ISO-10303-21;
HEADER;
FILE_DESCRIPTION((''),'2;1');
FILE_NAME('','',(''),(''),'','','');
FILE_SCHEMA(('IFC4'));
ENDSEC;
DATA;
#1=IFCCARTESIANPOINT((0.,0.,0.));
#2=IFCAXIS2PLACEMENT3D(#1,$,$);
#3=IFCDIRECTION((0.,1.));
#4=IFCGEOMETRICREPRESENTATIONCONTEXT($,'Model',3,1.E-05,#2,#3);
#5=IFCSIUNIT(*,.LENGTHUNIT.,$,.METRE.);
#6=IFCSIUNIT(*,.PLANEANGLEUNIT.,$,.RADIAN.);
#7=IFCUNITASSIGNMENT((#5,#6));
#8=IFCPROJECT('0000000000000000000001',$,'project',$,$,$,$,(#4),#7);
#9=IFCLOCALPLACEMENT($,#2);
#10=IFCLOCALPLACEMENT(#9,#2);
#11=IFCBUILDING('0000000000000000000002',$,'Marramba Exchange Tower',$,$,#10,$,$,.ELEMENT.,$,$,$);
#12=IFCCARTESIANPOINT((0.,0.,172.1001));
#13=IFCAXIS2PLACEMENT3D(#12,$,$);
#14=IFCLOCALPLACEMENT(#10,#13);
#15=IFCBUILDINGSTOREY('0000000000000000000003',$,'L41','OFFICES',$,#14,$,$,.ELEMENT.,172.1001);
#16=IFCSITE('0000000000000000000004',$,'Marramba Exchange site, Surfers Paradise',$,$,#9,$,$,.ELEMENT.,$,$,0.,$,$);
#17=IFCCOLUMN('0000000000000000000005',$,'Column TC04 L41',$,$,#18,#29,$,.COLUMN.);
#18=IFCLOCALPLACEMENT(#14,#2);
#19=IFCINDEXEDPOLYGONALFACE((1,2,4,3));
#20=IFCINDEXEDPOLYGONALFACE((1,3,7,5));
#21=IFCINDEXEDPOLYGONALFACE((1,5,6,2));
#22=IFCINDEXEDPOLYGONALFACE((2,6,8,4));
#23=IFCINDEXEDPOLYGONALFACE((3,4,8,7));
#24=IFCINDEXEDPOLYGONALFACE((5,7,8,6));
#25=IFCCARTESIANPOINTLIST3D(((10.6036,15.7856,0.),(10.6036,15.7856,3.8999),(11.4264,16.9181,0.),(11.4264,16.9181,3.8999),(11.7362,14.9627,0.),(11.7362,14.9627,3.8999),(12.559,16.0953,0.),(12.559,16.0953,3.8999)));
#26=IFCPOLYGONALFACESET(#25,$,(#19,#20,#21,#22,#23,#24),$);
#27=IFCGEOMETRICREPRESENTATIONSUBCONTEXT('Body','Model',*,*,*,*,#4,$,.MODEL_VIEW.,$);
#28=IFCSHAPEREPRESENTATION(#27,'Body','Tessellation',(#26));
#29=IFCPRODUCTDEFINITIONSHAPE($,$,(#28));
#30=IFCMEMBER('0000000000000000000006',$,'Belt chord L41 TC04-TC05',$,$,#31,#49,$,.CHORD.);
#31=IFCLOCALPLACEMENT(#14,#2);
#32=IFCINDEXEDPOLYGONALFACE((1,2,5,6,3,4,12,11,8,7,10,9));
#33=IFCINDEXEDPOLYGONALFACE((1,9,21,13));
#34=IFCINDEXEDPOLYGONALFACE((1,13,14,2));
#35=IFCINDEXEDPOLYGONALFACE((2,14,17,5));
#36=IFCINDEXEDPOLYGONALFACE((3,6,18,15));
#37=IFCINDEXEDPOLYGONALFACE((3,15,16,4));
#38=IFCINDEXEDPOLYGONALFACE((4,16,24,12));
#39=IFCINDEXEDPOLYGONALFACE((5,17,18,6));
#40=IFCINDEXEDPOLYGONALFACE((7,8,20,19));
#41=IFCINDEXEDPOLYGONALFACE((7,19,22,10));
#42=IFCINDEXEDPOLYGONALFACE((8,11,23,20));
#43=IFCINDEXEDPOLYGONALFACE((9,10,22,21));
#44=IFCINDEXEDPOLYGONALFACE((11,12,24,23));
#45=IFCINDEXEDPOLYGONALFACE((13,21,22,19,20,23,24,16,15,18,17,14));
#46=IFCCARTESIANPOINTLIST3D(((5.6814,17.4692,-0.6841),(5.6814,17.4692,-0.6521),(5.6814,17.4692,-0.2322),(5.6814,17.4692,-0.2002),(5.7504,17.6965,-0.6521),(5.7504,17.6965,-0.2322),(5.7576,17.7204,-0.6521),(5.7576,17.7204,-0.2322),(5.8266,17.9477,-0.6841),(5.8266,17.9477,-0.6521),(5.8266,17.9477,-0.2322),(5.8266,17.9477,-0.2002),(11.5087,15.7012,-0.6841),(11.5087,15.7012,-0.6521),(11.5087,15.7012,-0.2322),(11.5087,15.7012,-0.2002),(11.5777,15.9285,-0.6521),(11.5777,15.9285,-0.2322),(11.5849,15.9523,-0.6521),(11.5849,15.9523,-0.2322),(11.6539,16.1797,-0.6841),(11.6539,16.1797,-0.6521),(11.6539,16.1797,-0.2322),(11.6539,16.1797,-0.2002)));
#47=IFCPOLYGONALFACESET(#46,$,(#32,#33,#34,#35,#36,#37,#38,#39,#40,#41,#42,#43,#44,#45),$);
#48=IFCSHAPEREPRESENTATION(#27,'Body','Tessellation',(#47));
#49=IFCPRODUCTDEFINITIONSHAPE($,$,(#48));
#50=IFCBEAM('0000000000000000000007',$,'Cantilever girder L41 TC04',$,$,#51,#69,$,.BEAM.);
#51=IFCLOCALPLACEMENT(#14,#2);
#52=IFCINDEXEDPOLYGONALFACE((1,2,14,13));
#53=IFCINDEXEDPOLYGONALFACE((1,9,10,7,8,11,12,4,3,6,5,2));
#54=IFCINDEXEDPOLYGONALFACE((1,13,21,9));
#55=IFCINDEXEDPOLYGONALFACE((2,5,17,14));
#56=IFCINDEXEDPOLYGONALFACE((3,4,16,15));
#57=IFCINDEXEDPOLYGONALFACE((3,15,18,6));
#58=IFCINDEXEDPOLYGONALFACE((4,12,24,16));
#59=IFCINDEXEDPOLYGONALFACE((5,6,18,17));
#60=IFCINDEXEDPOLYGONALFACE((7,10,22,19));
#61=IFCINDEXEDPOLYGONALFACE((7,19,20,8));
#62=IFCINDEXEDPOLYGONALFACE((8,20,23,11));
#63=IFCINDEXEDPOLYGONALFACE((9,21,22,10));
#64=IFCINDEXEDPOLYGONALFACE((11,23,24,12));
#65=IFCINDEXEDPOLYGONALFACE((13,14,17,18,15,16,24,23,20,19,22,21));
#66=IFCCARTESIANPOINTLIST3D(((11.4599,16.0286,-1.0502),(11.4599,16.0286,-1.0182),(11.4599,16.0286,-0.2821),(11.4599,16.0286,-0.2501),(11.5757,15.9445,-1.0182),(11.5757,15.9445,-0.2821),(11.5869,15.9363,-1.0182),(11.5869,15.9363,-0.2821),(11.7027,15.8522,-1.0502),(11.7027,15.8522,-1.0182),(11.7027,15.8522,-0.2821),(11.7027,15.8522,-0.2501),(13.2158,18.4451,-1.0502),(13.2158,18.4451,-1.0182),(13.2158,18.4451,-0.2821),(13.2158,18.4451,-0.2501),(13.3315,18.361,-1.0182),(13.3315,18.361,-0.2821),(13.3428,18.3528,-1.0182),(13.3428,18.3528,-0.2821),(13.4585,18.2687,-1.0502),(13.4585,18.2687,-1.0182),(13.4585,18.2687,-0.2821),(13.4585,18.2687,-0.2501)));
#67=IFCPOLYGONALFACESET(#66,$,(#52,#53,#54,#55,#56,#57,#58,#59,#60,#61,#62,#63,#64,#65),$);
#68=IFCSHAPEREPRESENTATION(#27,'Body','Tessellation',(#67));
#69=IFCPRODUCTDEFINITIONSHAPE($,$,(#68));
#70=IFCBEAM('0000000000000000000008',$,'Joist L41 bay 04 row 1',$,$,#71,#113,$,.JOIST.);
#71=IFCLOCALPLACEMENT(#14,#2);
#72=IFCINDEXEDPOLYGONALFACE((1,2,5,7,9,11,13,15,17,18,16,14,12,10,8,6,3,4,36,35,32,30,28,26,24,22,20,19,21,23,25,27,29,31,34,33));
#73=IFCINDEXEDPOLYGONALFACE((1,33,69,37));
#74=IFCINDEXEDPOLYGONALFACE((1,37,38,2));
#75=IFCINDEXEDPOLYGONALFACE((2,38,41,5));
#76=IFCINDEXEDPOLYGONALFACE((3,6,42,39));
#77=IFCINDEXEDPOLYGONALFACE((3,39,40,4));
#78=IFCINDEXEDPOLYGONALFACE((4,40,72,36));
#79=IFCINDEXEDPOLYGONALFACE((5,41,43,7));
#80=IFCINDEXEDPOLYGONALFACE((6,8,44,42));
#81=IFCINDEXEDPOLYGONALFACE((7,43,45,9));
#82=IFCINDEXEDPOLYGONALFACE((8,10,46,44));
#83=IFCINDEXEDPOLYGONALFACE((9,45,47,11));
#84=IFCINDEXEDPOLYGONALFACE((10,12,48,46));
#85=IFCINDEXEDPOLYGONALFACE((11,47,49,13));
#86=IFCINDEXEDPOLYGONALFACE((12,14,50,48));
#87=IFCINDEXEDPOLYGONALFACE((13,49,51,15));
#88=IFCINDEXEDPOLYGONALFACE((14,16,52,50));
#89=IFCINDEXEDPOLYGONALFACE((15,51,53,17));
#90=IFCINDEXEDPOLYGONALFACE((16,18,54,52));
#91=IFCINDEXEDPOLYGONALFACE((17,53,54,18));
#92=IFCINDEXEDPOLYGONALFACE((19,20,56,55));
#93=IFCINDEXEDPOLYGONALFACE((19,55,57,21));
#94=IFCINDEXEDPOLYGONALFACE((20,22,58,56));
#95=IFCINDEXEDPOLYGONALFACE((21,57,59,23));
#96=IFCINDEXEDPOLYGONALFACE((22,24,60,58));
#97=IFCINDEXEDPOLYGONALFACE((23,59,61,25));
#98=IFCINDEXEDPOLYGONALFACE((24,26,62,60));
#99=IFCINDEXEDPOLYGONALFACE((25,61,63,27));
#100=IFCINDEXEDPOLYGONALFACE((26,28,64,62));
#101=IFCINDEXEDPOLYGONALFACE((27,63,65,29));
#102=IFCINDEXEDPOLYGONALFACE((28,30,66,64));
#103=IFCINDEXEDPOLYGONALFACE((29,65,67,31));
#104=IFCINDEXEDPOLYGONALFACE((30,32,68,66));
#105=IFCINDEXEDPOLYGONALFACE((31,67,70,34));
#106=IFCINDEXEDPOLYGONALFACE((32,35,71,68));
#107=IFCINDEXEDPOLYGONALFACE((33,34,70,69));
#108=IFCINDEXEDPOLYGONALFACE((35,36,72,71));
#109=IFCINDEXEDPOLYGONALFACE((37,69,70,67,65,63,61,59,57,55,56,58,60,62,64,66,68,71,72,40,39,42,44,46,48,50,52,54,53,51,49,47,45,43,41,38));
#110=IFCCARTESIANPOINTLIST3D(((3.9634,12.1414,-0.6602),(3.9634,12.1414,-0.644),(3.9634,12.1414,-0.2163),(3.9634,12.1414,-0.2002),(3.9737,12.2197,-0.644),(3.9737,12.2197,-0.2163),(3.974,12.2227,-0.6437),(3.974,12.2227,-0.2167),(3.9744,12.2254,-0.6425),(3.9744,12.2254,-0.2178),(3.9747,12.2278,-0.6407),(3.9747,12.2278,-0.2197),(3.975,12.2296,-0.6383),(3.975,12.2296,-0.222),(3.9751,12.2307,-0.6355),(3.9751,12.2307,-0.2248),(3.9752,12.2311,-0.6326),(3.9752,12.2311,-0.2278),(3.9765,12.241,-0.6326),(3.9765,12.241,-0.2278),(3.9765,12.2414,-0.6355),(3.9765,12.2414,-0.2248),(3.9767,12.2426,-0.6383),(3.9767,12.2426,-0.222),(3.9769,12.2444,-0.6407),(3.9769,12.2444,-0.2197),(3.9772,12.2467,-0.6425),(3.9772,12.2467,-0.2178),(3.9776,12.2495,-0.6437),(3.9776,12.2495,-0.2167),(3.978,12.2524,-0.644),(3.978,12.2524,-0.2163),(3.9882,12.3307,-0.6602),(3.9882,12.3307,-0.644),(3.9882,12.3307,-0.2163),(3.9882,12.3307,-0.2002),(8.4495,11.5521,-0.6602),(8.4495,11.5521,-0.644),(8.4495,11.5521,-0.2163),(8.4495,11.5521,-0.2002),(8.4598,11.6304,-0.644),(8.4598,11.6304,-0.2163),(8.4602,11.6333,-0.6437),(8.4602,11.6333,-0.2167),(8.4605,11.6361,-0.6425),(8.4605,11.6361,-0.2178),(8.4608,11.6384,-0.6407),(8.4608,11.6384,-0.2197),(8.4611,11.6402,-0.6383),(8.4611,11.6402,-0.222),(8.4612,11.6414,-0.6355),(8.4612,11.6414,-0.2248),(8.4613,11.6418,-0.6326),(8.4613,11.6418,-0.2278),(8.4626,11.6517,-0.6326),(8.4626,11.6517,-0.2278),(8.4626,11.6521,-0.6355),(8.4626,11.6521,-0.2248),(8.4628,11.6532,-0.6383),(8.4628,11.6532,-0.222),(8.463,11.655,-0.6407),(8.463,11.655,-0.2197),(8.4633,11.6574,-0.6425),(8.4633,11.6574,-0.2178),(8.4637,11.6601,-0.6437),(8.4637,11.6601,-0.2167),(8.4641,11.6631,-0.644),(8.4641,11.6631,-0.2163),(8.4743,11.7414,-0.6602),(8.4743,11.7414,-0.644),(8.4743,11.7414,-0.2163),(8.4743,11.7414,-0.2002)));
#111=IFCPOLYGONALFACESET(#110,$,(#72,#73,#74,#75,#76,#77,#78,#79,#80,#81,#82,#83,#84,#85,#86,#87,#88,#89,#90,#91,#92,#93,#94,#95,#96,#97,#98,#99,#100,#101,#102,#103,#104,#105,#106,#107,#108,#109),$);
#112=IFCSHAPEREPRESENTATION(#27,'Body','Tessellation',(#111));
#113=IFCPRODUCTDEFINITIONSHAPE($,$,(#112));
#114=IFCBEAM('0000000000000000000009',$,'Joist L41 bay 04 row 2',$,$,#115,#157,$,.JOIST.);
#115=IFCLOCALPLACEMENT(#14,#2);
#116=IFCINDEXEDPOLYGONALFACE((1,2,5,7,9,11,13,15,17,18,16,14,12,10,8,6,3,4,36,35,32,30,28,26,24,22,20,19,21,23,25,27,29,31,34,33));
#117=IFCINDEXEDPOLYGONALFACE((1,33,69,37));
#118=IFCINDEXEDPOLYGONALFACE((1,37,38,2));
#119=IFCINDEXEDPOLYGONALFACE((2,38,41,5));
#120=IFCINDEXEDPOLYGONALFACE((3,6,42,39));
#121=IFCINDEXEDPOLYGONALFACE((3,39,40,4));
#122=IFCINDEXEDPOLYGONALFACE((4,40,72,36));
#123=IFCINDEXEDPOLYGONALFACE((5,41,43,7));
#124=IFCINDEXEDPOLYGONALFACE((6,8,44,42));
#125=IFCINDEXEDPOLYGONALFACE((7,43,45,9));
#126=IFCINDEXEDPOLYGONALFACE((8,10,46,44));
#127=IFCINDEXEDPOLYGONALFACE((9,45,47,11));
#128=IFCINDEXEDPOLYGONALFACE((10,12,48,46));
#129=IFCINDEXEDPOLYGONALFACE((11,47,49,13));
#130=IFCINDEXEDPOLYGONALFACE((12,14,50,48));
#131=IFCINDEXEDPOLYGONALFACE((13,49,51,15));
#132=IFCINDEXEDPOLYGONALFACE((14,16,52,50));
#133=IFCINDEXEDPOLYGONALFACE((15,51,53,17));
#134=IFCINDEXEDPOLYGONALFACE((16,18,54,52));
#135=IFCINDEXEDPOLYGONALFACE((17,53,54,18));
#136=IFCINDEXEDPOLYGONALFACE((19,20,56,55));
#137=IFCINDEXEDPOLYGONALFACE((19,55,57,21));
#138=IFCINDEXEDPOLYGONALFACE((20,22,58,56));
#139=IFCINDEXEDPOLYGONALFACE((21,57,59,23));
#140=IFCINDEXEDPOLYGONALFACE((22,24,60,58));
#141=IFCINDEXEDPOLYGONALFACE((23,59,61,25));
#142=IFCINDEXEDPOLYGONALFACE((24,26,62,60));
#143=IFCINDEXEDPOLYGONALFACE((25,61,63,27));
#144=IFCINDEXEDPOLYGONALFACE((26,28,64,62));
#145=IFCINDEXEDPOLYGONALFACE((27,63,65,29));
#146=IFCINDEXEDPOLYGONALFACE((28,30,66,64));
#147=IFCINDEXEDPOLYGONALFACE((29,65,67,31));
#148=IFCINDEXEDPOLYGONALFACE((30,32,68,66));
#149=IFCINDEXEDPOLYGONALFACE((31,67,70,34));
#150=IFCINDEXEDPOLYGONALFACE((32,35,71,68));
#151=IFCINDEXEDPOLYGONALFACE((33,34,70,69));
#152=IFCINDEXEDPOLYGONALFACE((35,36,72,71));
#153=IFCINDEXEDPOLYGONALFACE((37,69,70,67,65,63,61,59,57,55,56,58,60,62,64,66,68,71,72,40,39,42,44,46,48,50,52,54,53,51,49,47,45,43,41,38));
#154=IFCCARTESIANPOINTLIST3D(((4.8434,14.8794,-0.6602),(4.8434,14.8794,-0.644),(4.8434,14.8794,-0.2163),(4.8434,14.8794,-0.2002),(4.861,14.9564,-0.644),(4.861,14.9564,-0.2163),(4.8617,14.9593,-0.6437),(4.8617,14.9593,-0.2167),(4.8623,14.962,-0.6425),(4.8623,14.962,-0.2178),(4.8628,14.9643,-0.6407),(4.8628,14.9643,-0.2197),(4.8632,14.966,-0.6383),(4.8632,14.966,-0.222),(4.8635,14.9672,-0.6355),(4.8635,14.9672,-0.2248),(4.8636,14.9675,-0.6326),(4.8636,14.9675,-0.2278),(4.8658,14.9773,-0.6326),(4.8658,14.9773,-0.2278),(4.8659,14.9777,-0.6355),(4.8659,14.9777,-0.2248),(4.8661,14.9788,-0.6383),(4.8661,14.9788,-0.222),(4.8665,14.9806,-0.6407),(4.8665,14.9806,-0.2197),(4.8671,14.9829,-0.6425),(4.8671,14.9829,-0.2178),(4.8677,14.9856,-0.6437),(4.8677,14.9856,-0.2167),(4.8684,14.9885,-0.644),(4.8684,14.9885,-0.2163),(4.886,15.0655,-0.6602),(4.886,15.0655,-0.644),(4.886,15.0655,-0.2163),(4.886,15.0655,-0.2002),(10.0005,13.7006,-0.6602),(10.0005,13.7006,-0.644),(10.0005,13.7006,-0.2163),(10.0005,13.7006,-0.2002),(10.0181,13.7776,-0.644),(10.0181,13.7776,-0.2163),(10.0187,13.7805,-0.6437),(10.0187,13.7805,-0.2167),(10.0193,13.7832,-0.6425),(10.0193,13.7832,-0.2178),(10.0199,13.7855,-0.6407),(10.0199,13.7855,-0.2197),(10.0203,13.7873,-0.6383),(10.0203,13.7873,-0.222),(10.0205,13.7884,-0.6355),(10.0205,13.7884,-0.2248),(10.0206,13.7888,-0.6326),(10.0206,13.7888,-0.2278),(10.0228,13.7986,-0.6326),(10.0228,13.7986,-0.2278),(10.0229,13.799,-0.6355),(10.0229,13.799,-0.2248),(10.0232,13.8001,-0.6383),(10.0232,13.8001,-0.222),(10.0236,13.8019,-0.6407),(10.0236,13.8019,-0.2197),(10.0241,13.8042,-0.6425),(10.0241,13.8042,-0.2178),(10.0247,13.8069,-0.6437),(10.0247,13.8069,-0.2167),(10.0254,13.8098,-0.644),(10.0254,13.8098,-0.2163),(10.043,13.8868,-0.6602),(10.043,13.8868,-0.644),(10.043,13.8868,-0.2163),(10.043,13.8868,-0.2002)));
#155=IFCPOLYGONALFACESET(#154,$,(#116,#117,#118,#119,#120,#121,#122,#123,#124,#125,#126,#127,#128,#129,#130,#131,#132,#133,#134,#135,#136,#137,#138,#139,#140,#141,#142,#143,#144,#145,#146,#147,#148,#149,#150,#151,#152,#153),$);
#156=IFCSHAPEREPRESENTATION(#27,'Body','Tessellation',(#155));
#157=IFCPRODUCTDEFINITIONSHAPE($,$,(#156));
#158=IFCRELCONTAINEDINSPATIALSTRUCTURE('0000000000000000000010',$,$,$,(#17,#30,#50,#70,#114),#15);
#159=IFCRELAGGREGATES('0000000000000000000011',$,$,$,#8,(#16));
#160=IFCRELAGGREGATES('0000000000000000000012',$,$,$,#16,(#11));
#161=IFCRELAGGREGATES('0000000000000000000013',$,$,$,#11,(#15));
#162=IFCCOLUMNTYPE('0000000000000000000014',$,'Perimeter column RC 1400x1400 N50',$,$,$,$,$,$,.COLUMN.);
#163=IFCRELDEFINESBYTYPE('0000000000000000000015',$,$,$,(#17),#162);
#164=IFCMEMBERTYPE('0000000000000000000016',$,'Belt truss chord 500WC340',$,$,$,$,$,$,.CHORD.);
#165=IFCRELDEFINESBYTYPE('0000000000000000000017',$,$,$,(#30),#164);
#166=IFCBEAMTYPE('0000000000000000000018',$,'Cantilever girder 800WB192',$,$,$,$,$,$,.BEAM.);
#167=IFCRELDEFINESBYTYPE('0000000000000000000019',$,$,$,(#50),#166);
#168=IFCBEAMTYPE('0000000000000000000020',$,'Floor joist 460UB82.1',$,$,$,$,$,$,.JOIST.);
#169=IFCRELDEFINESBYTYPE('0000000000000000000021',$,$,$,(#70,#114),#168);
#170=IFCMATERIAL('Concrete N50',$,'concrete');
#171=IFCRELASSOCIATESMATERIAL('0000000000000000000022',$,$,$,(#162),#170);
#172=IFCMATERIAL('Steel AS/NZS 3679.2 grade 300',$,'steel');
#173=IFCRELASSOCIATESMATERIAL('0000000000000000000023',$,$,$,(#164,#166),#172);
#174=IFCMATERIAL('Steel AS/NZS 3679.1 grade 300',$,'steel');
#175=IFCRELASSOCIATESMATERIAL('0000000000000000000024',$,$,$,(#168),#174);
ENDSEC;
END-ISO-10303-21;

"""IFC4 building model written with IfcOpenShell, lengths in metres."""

from ifc_helpers import new_model, si_unit, direction, frame, origin, origin_2d, place, context, subcontext, project, spatial, rectangle, i_section, extrude, material, material_profile, profile_set, type_object, element, save


model = new_model("IFC4")

# Units and contexts
model_context = context("Model", 3, precision=1e-05, world=origin(), true_north=direction((0.0, 1.0)))
body_context = subcontext(model_context, "Body", "Model", "MODEL_VIEW")
ifc_project = project(units=[si_unit("LENGTHUNIT", "METRE"), si_unit("PLANEANGLEUNIT", "RADIAN")], contexts=[model_context])

# Site, building, storey
site_placement = place(None, origin())
site = spatial("IfcSite", under=ifc_project, at=site_placement, Name="Marramba Exchange site, Surfers Paradise", CompositionType="ELEMENT", RefElevation=0.0)
building_placement = place(site_placement, origin())
building = spatial("IfcBuilding", under=site, at=building_placement, Name="Marramba Exchange Tower", CompositionType="ELEMENT")
storey_placement = place(building_placement, frame((0.0, 0.0, 172.1001)))
storey = spatial("IfcBuildingStorey", under=building, at=storey_placement, Name="L41", Description="OFFICES", CompositionType="ELEMENT", Elevation=172.1001)

# Column
ifc_material_1 = material(Name="Concrete N50", Category="concrete")
ifc_material_profile_1 = material_profile(ifc_material_1, rectangle(XDim=1.3999, YDim=1.3999, at=origin_2d()), Name="RC 1400x1400")
ifc_profile_set_1 = profile_set([ifc_material_profile_1], Name="Concrete N50")
column_type = type_object("IfcColumnType", Name="Perimeter column RC 1400x1400 N50", PredefinedType="COLUMN", material=ifc_profile_set_1)
column_placement = place(storey_placement, frame((11.5813, 15.9404, 0.0), z_axis=(0.0, 0.0, 1.0), x_axis=(0.587785, 0.809017, 0.0)))
element("IfcColumn", 1, at=column_placement, inside=storey, type_object=column_type, Name="Column TC04 L41", PredefinedType="COLUMN", context=body_context, shape_type="SweptSolid", body=[
    extrude(rectangle(XDim=1.3999, YDim=1.3999, at=origin_2d()), origin(), (0.0, 0.0, 1.0), 3.8999),
])

# Member
ifc_material_2 = material(Name="Steel AS/NZS 3679.2 grade 300", Category="steel")
ifc_material_profile_2 = material_profile(ifc_material_2, i_section(OverallWidth=0.5, OverallDepth=0.4839, WebThickness=0.0249, FlangeThickness=0.032, at=origin_2d()), Name="500WC340")
ifc_profile_set_2 = profile_set([ifc_material_profile_2], Name="Steel AS/NZS 3679.2 grade 300")
member_type = type_object("IfcMemberType", Name="Belt truss chord 500WC340", PredefinedType="CHORD", material=ifc_profile_set_2)
member_placement = place(storey_placement, frame((11.5813, 15.9404, -0.4421), z_axis=(-0.956925, 0.290337, 0.0), x_axis=(-0.290337, -0.956925, 0.0)))
element("IfcMember", 2, at=member_placement, inside=storey, type_object=member_type, Name="Belt chord L41 TC04-TC05", PredefinedType="CHORD", context=body_context, shape_type="SweptSolid", body=[
    extrude(i_section(OverallWidth=0.5, OverallDepth=0.4839, WebThickness=0.0249, FlangeThickness=0.032, at=origin_2d()), origin(), (0.0, 0.0, 1.0), 6.0896),
])

# Beams
ifc_material_profile_3 = material_profile(ifc_material_2, i_section(OverallWidth=0.3, OverallDepth=0.8, WebThickness=0.0139, FlangeThickness=0.032, at=origin_2d()), Name="800WB192")
ifc_profile_set_3 = profile_set([ifc_material_profile_3], Name="Steel AS/NZS 3679.2 grade 300")
beam_type_1 = type_object("IfcBeamType", Name="Cantilever girder 800WB192", PredefinedType="BEAM", material=ifc_profile_set_3)
beam_1_placement = place(storey_placement, frame((11.5813, 15.9404, -0.6501), z_axis=(0.587822, 0.80899, 0.0), x_axis=(-0.80899, 0.587822, 0.0)))
element("IfcBeam", 3, at=beam_1_placement, inside=storey, type_object=beam_type_1, Name="Cantilever girder L41 TC04", PredefinedType="BEAM", context=body_context, shape_type="SweptSolid", body=[
    extrude(i_section(OverallWidth=0.3, OverallDepth=0.8, WebThickness=0.0139, FlangeThickness=0.032, at=origin_2d()), origin(), (0.0, 0.0, 1.0), 2.9871),
])
ifc_material_3 = material(Name="Steel AS/NZS 3679.1 grade 300", Category="steel")
ifc_material_profile_4 = material_profile(ifc_material_3, i_section(OverallWidth=0.1909, OverallDepth=0.46, WebThickness=0.01, FlangeThickness=0.0161, FilletRadius=0.0115, at=origin_2d()), Name="460UB82.1")
ifc_profile_set_4 = profile_set([ifc_material_profile_4], Name="Steel AS/NZS 3679.1 grade 300")
beam_type_2 = type_object("IfcBeamType", Name="Floor joist 460UB82.1", PredefinedType="JOIST", material=ifc_profile_set_4)
beam_2_placement = place(storey_placement, frame((8.4619, 11.6467, -0.4302), z_axis=(-0.991481, 0.130255, 0.0), x_axis=(-0.130255, -0.991481, 0.0)))
element("IfcBeam", 4, at=beam_2_placement, inside=storey, type_object=beam_type_2, Name="Joist L41 bay 04 row 1", PredefinedType="JOIST", context=body_context, shape_type="SweptSolid", body=[
    extrude(i_section(OverallWidth=0.1909, OverallDepth=0.46, WebThickness=0.01, FlangeThickness=0.0161, FilletRadius=0.0115, at=origin_2d()), origin(), (0.0, 0.0, 1.0), 4.5247),
])
beam_3_placement = place(storey_placement, frame((10.0217, 13.7937, -0.4302), z_axis=(-0.97486, 0.22282, 0.0), x_axis=(-0.22282, -0.97486, 0.0)))
element("IfcBeam", 5, at=beam_3_placement, inside=storey, type_object=beam_type_2, Name="Joist L41 bay 04 row 2", PredefinedType="JOIST", context=body_context, shape_type="SweptSolid", body=[
    extrude(i_section(OverallWidth=0.1909, OverallDepth=0.46, WebThickness=0.01, FlangeThickness=0.0161, FilletRadius=0.0115, at=origin_2d()), origin(), (0.0, 0.0, 1.0), 5.29),
])

save(model, "model.ifc")
